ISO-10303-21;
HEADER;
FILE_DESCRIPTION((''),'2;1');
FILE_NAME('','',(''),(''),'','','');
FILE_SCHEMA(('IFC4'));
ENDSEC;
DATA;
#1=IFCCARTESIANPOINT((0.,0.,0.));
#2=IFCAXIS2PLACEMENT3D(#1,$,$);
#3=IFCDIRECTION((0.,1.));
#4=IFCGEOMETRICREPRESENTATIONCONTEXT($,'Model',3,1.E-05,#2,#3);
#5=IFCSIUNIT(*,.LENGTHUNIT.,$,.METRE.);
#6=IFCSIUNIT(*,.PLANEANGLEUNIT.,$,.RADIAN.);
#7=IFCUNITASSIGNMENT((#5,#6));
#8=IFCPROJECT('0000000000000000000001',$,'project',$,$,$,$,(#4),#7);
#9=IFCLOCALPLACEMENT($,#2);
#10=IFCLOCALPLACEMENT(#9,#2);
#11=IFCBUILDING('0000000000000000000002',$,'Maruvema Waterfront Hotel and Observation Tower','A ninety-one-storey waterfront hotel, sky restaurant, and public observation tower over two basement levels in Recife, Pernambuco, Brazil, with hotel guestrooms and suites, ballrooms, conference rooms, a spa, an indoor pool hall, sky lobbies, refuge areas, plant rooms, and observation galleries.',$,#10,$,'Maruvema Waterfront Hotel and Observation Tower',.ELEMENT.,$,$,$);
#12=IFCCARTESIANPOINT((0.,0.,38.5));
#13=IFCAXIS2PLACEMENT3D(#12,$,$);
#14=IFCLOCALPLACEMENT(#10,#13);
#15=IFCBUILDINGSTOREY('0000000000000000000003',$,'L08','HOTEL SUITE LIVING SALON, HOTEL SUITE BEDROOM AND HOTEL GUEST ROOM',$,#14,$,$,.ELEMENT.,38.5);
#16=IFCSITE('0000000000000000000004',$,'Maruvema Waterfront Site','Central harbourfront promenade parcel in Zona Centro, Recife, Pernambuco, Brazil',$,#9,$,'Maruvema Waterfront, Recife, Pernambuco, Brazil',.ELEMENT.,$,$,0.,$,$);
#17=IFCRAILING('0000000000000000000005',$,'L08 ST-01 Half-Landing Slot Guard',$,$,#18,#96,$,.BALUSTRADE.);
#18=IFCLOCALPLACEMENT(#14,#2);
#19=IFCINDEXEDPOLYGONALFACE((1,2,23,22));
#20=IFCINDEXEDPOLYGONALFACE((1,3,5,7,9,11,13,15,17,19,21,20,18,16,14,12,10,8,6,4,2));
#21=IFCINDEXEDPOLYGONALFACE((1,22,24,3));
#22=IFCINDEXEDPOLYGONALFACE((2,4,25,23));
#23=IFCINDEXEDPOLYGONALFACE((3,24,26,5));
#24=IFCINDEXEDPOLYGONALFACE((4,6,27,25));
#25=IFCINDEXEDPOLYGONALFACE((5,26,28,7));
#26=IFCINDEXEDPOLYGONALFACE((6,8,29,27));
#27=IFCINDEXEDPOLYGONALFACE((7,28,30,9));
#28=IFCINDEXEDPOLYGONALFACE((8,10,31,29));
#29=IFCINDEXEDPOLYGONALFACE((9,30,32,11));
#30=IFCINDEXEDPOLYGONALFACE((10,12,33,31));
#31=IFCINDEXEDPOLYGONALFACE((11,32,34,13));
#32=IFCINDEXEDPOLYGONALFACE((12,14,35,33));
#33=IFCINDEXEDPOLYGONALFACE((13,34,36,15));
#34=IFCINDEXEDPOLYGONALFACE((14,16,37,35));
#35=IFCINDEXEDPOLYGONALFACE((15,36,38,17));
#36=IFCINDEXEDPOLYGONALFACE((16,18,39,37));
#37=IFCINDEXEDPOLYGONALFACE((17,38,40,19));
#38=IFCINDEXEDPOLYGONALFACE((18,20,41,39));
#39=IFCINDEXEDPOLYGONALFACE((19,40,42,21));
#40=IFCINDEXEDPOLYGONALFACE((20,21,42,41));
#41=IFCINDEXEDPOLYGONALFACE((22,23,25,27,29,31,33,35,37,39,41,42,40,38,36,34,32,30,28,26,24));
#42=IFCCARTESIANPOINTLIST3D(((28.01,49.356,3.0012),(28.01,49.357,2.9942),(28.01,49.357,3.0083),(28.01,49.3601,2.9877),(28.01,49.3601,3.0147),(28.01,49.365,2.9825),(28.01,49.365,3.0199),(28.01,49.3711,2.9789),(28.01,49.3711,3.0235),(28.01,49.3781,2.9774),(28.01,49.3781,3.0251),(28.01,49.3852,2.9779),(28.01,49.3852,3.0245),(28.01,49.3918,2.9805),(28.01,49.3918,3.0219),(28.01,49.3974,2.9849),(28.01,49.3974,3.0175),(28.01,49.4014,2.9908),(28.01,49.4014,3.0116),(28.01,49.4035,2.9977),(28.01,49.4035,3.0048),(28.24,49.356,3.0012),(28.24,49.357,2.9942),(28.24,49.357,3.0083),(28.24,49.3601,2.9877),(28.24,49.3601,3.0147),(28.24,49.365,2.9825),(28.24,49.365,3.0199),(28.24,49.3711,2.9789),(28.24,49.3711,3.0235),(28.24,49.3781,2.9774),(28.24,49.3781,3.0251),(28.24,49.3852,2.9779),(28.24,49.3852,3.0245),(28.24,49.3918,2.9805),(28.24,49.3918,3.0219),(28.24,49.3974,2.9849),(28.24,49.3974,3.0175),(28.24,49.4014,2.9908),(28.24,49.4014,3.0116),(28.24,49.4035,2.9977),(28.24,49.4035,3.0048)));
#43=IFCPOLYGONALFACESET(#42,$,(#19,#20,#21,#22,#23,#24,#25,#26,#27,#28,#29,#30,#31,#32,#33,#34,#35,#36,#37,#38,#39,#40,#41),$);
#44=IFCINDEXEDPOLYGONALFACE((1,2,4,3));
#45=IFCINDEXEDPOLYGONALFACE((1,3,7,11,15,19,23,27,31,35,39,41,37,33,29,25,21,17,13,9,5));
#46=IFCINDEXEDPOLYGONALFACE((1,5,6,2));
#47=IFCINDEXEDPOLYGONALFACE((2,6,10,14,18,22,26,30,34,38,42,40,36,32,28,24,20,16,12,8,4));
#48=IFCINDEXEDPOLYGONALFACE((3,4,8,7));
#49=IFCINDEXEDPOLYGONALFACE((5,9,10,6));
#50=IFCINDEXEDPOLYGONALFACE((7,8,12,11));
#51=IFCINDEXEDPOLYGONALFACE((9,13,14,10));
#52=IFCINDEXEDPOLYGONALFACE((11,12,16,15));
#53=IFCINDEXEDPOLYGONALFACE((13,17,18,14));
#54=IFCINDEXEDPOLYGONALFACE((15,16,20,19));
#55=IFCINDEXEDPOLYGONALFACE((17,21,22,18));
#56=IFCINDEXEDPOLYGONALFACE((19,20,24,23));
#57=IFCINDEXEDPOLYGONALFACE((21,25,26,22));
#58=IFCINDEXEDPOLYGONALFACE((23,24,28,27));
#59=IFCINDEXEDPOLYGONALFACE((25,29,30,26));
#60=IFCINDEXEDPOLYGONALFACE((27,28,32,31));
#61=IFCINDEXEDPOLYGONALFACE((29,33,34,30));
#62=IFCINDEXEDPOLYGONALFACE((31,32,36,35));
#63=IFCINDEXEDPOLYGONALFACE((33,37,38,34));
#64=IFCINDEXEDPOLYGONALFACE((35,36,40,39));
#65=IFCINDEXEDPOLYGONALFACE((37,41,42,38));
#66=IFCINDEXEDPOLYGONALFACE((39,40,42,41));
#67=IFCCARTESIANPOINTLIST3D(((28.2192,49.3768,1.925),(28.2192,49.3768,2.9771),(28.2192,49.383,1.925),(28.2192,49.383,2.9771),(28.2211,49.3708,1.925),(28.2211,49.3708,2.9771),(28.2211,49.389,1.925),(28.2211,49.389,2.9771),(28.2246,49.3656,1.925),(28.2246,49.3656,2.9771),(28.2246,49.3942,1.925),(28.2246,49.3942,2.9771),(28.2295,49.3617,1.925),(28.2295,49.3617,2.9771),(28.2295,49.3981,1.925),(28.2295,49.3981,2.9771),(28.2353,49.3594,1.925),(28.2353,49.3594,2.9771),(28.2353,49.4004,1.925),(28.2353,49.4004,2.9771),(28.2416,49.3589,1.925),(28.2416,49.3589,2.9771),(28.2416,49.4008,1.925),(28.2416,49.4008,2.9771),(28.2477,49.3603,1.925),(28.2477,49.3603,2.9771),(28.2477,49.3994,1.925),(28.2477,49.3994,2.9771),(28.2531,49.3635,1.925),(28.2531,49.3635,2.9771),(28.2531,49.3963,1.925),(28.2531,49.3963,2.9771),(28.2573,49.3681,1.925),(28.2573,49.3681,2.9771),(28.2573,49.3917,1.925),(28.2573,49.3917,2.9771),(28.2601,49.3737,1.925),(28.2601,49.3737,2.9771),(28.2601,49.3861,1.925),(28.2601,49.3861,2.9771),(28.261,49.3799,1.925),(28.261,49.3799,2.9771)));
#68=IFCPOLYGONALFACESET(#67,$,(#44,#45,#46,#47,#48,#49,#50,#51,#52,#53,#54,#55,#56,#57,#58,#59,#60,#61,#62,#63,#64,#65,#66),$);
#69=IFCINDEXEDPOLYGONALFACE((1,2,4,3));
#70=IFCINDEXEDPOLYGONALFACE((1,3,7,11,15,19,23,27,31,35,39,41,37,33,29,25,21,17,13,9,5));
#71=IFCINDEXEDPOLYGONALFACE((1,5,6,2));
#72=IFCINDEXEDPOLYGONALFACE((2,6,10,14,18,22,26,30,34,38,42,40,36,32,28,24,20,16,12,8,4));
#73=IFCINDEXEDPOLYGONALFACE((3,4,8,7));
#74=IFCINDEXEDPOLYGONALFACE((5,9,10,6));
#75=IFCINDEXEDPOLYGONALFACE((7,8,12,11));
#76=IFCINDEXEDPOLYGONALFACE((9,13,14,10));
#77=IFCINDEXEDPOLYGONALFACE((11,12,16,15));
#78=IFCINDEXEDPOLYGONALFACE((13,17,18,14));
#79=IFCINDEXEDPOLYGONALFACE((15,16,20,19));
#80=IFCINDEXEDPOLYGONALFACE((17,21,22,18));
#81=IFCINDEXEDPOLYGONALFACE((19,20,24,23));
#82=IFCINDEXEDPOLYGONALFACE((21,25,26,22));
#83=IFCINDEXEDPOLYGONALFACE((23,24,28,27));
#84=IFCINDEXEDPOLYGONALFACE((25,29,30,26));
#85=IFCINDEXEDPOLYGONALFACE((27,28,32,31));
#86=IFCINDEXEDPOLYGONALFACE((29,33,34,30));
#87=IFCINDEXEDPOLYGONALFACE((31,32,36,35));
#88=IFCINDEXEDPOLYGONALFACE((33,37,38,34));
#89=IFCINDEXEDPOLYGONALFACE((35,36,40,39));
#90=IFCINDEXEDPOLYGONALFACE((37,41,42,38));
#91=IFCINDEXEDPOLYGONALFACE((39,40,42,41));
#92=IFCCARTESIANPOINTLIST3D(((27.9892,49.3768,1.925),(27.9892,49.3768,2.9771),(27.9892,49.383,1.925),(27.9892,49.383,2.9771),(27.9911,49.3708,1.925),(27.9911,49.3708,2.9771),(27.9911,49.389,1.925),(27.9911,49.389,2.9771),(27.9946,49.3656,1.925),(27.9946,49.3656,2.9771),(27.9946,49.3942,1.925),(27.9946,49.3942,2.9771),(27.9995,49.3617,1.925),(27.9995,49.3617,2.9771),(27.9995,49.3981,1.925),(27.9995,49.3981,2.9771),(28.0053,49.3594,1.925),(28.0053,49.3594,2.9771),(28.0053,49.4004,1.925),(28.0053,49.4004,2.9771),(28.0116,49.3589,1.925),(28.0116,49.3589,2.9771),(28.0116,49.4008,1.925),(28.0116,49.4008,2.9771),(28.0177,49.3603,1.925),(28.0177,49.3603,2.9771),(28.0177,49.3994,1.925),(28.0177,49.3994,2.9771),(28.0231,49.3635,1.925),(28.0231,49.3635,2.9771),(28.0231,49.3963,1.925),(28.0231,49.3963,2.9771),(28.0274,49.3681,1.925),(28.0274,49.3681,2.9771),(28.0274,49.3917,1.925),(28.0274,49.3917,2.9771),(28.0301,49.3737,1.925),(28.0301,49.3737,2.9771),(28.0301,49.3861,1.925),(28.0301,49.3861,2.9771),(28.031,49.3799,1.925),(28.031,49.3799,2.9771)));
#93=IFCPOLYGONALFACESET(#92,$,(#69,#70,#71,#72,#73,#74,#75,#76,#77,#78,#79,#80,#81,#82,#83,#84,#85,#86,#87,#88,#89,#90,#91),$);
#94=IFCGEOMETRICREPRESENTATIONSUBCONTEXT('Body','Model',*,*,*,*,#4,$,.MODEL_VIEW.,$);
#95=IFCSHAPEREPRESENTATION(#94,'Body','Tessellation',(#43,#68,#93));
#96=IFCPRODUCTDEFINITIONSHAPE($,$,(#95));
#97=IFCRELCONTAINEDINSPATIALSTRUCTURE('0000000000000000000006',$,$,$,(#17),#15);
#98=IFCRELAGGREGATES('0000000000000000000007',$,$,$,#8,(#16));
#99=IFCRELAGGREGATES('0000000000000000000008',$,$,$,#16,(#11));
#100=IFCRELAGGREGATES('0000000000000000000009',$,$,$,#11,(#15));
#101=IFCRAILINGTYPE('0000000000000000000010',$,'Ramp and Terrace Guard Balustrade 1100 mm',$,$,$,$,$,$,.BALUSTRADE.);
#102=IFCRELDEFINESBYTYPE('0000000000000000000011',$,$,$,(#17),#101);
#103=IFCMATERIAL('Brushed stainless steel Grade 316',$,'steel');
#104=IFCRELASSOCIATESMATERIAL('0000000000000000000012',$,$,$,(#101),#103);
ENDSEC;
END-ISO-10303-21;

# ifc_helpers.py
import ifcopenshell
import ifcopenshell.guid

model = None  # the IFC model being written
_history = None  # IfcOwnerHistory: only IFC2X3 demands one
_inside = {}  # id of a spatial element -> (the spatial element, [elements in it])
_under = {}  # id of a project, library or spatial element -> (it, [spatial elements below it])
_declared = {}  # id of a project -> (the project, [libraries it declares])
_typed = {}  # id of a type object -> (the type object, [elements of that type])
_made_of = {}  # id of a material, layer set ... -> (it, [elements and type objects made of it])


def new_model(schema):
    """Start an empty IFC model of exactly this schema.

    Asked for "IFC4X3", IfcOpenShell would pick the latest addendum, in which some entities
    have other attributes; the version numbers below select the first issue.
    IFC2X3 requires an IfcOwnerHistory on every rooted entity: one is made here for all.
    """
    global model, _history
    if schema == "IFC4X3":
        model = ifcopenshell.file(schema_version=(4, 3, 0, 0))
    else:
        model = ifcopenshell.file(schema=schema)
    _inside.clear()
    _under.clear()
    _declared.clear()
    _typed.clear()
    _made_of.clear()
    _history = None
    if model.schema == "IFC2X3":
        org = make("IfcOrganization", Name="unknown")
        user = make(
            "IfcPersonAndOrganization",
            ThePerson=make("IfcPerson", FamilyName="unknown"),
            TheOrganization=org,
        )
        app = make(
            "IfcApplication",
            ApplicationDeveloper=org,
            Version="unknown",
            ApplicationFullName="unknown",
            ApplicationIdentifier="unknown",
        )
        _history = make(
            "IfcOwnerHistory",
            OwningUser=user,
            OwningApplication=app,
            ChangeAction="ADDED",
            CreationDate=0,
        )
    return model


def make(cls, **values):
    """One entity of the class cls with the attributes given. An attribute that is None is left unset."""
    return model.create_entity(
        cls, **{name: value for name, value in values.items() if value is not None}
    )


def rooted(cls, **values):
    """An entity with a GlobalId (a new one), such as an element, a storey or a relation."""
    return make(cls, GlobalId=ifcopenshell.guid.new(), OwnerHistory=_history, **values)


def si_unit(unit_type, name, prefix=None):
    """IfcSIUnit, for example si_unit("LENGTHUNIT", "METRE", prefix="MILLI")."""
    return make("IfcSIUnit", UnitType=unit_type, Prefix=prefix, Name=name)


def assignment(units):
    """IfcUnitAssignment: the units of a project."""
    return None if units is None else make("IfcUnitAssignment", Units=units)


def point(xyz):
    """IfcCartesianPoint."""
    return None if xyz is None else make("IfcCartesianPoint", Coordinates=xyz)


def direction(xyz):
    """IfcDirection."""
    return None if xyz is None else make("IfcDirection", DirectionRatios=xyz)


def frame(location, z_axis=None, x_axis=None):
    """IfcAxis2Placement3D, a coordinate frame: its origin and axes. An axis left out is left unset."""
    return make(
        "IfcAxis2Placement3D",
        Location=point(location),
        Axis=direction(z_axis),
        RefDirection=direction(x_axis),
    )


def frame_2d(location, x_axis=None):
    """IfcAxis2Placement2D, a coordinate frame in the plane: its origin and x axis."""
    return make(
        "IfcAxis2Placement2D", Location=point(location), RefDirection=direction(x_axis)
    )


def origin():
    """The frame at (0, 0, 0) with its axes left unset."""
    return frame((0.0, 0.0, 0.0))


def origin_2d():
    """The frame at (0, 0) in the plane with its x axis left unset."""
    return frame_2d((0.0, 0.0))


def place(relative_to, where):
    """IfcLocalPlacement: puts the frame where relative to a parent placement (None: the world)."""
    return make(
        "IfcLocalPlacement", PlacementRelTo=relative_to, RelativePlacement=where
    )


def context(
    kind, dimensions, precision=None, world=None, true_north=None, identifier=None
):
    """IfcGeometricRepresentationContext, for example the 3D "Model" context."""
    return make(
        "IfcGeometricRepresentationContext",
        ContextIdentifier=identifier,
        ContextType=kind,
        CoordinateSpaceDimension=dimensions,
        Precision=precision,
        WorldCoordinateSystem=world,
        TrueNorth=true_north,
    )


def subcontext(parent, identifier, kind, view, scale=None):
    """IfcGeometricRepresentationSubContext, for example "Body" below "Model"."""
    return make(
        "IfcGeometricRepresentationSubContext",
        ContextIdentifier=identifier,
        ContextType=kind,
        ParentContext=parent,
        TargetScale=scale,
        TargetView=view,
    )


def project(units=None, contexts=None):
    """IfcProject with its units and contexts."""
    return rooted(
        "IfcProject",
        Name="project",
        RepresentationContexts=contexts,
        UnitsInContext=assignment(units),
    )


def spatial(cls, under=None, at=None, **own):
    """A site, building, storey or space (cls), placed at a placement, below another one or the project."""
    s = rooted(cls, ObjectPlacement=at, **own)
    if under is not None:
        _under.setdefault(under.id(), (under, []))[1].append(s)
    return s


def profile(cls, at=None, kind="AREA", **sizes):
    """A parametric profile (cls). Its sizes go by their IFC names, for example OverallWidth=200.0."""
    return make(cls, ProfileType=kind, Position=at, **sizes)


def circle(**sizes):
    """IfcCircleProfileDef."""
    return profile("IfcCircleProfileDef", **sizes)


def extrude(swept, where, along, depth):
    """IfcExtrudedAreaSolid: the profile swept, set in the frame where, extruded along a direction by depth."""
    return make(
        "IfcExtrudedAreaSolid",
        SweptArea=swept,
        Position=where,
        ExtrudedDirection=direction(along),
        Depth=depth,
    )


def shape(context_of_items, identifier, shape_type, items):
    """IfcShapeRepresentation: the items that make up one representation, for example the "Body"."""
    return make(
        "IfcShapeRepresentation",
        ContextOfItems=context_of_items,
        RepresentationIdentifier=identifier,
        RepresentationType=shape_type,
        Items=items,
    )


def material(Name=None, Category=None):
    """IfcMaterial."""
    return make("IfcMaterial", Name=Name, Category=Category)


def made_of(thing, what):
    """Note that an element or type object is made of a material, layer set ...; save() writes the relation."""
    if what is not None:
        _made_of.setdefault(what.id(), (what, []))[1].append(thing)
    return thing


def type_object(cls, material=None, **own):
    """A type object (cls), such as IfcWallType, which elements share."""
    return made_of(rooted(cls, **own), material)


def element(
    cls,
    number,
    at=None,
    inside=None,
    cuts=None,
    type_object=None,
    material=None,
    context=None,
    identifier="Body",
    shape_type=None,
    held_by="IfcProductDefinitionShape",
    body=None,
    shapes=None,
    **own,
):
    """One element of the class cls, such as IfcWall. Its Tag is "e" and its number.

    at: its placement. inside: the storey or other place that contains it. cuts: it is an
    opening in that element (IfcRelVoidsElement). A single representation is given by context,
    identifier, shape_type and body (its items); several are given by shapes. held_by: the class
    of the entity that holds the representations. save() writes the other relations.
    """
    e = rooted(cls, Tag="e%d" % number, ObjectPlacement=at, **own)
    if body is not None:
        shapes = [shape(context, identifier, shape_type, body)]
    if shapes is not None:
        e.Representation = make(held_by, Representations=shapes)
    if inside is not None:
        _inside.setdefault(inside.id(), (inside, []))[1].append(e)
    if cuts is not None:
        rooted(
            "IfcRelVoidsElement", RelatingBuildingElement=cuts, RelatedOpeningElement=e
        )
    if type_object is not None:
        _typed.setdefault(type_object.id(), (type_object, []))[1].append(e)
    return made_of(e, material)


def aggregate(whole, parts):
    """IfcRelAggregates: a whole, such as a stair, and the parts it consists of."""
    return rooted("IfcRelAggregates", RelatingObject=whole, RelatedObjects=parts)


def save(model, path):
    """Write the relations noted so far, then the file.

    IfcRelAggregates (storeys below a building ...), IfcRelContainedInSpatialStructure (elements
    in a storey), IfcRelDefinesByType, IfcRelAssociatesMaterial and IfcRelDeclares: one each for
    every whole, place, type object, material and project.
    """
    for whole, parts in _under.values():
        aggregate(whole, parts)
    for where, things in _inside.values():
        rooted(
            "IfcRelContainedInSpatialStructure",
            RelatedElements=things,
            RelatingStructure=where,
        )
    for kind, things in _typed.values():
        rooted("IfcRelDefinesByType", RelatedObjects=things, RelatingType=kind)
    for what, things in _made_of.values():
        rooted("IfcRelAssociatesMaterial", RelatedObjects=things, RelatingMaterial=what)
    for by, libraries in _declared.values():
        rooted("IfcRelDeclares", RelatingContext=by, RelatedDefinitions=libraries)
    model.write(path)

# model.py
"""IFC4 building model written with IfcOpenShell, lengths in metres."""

from ifc_helpers import new_model, si_unit, direction, frame, origin, origin_2d, place, context, subcontext, project, spatial, circle, extrude, material, type_object, element, save


model = new_model("IFC4")

# Units and contexts
model_context = context("Model", 3, precision=1e-05, world=origin(), true_north=direction((0.0, 1.0)))
body_context = subcontext(model_context, "Body", "Model", "MODEL_VIEW")
ifc_project = project(units=[si_unit("LENGTHUNIT", "METRE"), si_unit("PLANEANGLEUNIT", "RADIAN")], contexts=[model_context])

# Site, building, storey
site_placement = place(None, origin())
site = spatial("IfcSite", under=ifc_project, at=site_placement, Name="Maruvema Waterfront Site", Description="Central harbourfront promenade parcel in Zona Centro, Recife, Pernambuco, Brazil", LongName="Maruvema Waterfront, Recife, Pernambuco, Brazil", CompositionType="ELEMENT", RefElevation=0.0)
building_placement = place(site_placement, origin())
building = spatial("IfcBuilding", under=site, at=building_placement, Name="Maruvema Waterfront Hotel and Observation Tower", Description="A ninety-one-storey waterfront hotel, sky restaurant, and public observation tower over two basement levels in Recife, Pernambuco, Brazil, with hotel guestrooms and suites, ballrooms, conference rooms, a spa, an indoor pool hall, sky lobbies, refuge areas, plant rooms, and observation galleries.", LongName="Maruvema Waterfront Hotel and Observation Tower", CompositionType="ELEMENT")
storey_placement = place(building_placement, frame((0.0, 0.0, 38.5)))
storey = spatial("IfcBuildingStorey", under=building, at=storey_placement, Name="L08", Description="HOTEL SUITE LIVING SALON, HOTEL SUITE BEDROOM AND HOTEL GUEST ROOM", CompositionType="ELEMENT", Elevation=38.5)

# Railing
ifc_material_1 = material(Name="Brushed stainless steel Grade 316", Category="steel")
railing_type_1 = type_object("IfcRailingType", Name="Ramp and Terrace Guard Balustrade 1100 mm", PredefinedType="BALUSTRADE", material=ifc_material_1)
railing_1_placement = place(storey_placement, frame((28.24, 49.3799, 1.925)))
element("IfcRailing", 1, at=railing_1_placement, inside=storey, type_object=railing_type_1, Name="L08 ST-01 Half-Landing Slot Guard", PredefinedType="BALUSTRADE", context=body_context, shape_type="SweptSolid", body=[
    extrude(circle(Radius=0.0239, at=origin_2d()), frame((0.0, 0.0, 1.0762), z_axis=(-1.0, 0.0, 0.0), x_axis=(0.0, -1.0, 0.0)), (0.0, 0.0, 1.0), 0.23),
    extrude(circle(Radius=0.021, at=origin_2d()), origin(), (0.0, 0.0, 1.0), 1.052),
    extrude(circle(Radius=0.021, at=origin_2d()), frame((-0.23, 0.0, 0.0)), (0.0, 0.0, 1.0), 1.052),
])

save(model, "model.ifc")
